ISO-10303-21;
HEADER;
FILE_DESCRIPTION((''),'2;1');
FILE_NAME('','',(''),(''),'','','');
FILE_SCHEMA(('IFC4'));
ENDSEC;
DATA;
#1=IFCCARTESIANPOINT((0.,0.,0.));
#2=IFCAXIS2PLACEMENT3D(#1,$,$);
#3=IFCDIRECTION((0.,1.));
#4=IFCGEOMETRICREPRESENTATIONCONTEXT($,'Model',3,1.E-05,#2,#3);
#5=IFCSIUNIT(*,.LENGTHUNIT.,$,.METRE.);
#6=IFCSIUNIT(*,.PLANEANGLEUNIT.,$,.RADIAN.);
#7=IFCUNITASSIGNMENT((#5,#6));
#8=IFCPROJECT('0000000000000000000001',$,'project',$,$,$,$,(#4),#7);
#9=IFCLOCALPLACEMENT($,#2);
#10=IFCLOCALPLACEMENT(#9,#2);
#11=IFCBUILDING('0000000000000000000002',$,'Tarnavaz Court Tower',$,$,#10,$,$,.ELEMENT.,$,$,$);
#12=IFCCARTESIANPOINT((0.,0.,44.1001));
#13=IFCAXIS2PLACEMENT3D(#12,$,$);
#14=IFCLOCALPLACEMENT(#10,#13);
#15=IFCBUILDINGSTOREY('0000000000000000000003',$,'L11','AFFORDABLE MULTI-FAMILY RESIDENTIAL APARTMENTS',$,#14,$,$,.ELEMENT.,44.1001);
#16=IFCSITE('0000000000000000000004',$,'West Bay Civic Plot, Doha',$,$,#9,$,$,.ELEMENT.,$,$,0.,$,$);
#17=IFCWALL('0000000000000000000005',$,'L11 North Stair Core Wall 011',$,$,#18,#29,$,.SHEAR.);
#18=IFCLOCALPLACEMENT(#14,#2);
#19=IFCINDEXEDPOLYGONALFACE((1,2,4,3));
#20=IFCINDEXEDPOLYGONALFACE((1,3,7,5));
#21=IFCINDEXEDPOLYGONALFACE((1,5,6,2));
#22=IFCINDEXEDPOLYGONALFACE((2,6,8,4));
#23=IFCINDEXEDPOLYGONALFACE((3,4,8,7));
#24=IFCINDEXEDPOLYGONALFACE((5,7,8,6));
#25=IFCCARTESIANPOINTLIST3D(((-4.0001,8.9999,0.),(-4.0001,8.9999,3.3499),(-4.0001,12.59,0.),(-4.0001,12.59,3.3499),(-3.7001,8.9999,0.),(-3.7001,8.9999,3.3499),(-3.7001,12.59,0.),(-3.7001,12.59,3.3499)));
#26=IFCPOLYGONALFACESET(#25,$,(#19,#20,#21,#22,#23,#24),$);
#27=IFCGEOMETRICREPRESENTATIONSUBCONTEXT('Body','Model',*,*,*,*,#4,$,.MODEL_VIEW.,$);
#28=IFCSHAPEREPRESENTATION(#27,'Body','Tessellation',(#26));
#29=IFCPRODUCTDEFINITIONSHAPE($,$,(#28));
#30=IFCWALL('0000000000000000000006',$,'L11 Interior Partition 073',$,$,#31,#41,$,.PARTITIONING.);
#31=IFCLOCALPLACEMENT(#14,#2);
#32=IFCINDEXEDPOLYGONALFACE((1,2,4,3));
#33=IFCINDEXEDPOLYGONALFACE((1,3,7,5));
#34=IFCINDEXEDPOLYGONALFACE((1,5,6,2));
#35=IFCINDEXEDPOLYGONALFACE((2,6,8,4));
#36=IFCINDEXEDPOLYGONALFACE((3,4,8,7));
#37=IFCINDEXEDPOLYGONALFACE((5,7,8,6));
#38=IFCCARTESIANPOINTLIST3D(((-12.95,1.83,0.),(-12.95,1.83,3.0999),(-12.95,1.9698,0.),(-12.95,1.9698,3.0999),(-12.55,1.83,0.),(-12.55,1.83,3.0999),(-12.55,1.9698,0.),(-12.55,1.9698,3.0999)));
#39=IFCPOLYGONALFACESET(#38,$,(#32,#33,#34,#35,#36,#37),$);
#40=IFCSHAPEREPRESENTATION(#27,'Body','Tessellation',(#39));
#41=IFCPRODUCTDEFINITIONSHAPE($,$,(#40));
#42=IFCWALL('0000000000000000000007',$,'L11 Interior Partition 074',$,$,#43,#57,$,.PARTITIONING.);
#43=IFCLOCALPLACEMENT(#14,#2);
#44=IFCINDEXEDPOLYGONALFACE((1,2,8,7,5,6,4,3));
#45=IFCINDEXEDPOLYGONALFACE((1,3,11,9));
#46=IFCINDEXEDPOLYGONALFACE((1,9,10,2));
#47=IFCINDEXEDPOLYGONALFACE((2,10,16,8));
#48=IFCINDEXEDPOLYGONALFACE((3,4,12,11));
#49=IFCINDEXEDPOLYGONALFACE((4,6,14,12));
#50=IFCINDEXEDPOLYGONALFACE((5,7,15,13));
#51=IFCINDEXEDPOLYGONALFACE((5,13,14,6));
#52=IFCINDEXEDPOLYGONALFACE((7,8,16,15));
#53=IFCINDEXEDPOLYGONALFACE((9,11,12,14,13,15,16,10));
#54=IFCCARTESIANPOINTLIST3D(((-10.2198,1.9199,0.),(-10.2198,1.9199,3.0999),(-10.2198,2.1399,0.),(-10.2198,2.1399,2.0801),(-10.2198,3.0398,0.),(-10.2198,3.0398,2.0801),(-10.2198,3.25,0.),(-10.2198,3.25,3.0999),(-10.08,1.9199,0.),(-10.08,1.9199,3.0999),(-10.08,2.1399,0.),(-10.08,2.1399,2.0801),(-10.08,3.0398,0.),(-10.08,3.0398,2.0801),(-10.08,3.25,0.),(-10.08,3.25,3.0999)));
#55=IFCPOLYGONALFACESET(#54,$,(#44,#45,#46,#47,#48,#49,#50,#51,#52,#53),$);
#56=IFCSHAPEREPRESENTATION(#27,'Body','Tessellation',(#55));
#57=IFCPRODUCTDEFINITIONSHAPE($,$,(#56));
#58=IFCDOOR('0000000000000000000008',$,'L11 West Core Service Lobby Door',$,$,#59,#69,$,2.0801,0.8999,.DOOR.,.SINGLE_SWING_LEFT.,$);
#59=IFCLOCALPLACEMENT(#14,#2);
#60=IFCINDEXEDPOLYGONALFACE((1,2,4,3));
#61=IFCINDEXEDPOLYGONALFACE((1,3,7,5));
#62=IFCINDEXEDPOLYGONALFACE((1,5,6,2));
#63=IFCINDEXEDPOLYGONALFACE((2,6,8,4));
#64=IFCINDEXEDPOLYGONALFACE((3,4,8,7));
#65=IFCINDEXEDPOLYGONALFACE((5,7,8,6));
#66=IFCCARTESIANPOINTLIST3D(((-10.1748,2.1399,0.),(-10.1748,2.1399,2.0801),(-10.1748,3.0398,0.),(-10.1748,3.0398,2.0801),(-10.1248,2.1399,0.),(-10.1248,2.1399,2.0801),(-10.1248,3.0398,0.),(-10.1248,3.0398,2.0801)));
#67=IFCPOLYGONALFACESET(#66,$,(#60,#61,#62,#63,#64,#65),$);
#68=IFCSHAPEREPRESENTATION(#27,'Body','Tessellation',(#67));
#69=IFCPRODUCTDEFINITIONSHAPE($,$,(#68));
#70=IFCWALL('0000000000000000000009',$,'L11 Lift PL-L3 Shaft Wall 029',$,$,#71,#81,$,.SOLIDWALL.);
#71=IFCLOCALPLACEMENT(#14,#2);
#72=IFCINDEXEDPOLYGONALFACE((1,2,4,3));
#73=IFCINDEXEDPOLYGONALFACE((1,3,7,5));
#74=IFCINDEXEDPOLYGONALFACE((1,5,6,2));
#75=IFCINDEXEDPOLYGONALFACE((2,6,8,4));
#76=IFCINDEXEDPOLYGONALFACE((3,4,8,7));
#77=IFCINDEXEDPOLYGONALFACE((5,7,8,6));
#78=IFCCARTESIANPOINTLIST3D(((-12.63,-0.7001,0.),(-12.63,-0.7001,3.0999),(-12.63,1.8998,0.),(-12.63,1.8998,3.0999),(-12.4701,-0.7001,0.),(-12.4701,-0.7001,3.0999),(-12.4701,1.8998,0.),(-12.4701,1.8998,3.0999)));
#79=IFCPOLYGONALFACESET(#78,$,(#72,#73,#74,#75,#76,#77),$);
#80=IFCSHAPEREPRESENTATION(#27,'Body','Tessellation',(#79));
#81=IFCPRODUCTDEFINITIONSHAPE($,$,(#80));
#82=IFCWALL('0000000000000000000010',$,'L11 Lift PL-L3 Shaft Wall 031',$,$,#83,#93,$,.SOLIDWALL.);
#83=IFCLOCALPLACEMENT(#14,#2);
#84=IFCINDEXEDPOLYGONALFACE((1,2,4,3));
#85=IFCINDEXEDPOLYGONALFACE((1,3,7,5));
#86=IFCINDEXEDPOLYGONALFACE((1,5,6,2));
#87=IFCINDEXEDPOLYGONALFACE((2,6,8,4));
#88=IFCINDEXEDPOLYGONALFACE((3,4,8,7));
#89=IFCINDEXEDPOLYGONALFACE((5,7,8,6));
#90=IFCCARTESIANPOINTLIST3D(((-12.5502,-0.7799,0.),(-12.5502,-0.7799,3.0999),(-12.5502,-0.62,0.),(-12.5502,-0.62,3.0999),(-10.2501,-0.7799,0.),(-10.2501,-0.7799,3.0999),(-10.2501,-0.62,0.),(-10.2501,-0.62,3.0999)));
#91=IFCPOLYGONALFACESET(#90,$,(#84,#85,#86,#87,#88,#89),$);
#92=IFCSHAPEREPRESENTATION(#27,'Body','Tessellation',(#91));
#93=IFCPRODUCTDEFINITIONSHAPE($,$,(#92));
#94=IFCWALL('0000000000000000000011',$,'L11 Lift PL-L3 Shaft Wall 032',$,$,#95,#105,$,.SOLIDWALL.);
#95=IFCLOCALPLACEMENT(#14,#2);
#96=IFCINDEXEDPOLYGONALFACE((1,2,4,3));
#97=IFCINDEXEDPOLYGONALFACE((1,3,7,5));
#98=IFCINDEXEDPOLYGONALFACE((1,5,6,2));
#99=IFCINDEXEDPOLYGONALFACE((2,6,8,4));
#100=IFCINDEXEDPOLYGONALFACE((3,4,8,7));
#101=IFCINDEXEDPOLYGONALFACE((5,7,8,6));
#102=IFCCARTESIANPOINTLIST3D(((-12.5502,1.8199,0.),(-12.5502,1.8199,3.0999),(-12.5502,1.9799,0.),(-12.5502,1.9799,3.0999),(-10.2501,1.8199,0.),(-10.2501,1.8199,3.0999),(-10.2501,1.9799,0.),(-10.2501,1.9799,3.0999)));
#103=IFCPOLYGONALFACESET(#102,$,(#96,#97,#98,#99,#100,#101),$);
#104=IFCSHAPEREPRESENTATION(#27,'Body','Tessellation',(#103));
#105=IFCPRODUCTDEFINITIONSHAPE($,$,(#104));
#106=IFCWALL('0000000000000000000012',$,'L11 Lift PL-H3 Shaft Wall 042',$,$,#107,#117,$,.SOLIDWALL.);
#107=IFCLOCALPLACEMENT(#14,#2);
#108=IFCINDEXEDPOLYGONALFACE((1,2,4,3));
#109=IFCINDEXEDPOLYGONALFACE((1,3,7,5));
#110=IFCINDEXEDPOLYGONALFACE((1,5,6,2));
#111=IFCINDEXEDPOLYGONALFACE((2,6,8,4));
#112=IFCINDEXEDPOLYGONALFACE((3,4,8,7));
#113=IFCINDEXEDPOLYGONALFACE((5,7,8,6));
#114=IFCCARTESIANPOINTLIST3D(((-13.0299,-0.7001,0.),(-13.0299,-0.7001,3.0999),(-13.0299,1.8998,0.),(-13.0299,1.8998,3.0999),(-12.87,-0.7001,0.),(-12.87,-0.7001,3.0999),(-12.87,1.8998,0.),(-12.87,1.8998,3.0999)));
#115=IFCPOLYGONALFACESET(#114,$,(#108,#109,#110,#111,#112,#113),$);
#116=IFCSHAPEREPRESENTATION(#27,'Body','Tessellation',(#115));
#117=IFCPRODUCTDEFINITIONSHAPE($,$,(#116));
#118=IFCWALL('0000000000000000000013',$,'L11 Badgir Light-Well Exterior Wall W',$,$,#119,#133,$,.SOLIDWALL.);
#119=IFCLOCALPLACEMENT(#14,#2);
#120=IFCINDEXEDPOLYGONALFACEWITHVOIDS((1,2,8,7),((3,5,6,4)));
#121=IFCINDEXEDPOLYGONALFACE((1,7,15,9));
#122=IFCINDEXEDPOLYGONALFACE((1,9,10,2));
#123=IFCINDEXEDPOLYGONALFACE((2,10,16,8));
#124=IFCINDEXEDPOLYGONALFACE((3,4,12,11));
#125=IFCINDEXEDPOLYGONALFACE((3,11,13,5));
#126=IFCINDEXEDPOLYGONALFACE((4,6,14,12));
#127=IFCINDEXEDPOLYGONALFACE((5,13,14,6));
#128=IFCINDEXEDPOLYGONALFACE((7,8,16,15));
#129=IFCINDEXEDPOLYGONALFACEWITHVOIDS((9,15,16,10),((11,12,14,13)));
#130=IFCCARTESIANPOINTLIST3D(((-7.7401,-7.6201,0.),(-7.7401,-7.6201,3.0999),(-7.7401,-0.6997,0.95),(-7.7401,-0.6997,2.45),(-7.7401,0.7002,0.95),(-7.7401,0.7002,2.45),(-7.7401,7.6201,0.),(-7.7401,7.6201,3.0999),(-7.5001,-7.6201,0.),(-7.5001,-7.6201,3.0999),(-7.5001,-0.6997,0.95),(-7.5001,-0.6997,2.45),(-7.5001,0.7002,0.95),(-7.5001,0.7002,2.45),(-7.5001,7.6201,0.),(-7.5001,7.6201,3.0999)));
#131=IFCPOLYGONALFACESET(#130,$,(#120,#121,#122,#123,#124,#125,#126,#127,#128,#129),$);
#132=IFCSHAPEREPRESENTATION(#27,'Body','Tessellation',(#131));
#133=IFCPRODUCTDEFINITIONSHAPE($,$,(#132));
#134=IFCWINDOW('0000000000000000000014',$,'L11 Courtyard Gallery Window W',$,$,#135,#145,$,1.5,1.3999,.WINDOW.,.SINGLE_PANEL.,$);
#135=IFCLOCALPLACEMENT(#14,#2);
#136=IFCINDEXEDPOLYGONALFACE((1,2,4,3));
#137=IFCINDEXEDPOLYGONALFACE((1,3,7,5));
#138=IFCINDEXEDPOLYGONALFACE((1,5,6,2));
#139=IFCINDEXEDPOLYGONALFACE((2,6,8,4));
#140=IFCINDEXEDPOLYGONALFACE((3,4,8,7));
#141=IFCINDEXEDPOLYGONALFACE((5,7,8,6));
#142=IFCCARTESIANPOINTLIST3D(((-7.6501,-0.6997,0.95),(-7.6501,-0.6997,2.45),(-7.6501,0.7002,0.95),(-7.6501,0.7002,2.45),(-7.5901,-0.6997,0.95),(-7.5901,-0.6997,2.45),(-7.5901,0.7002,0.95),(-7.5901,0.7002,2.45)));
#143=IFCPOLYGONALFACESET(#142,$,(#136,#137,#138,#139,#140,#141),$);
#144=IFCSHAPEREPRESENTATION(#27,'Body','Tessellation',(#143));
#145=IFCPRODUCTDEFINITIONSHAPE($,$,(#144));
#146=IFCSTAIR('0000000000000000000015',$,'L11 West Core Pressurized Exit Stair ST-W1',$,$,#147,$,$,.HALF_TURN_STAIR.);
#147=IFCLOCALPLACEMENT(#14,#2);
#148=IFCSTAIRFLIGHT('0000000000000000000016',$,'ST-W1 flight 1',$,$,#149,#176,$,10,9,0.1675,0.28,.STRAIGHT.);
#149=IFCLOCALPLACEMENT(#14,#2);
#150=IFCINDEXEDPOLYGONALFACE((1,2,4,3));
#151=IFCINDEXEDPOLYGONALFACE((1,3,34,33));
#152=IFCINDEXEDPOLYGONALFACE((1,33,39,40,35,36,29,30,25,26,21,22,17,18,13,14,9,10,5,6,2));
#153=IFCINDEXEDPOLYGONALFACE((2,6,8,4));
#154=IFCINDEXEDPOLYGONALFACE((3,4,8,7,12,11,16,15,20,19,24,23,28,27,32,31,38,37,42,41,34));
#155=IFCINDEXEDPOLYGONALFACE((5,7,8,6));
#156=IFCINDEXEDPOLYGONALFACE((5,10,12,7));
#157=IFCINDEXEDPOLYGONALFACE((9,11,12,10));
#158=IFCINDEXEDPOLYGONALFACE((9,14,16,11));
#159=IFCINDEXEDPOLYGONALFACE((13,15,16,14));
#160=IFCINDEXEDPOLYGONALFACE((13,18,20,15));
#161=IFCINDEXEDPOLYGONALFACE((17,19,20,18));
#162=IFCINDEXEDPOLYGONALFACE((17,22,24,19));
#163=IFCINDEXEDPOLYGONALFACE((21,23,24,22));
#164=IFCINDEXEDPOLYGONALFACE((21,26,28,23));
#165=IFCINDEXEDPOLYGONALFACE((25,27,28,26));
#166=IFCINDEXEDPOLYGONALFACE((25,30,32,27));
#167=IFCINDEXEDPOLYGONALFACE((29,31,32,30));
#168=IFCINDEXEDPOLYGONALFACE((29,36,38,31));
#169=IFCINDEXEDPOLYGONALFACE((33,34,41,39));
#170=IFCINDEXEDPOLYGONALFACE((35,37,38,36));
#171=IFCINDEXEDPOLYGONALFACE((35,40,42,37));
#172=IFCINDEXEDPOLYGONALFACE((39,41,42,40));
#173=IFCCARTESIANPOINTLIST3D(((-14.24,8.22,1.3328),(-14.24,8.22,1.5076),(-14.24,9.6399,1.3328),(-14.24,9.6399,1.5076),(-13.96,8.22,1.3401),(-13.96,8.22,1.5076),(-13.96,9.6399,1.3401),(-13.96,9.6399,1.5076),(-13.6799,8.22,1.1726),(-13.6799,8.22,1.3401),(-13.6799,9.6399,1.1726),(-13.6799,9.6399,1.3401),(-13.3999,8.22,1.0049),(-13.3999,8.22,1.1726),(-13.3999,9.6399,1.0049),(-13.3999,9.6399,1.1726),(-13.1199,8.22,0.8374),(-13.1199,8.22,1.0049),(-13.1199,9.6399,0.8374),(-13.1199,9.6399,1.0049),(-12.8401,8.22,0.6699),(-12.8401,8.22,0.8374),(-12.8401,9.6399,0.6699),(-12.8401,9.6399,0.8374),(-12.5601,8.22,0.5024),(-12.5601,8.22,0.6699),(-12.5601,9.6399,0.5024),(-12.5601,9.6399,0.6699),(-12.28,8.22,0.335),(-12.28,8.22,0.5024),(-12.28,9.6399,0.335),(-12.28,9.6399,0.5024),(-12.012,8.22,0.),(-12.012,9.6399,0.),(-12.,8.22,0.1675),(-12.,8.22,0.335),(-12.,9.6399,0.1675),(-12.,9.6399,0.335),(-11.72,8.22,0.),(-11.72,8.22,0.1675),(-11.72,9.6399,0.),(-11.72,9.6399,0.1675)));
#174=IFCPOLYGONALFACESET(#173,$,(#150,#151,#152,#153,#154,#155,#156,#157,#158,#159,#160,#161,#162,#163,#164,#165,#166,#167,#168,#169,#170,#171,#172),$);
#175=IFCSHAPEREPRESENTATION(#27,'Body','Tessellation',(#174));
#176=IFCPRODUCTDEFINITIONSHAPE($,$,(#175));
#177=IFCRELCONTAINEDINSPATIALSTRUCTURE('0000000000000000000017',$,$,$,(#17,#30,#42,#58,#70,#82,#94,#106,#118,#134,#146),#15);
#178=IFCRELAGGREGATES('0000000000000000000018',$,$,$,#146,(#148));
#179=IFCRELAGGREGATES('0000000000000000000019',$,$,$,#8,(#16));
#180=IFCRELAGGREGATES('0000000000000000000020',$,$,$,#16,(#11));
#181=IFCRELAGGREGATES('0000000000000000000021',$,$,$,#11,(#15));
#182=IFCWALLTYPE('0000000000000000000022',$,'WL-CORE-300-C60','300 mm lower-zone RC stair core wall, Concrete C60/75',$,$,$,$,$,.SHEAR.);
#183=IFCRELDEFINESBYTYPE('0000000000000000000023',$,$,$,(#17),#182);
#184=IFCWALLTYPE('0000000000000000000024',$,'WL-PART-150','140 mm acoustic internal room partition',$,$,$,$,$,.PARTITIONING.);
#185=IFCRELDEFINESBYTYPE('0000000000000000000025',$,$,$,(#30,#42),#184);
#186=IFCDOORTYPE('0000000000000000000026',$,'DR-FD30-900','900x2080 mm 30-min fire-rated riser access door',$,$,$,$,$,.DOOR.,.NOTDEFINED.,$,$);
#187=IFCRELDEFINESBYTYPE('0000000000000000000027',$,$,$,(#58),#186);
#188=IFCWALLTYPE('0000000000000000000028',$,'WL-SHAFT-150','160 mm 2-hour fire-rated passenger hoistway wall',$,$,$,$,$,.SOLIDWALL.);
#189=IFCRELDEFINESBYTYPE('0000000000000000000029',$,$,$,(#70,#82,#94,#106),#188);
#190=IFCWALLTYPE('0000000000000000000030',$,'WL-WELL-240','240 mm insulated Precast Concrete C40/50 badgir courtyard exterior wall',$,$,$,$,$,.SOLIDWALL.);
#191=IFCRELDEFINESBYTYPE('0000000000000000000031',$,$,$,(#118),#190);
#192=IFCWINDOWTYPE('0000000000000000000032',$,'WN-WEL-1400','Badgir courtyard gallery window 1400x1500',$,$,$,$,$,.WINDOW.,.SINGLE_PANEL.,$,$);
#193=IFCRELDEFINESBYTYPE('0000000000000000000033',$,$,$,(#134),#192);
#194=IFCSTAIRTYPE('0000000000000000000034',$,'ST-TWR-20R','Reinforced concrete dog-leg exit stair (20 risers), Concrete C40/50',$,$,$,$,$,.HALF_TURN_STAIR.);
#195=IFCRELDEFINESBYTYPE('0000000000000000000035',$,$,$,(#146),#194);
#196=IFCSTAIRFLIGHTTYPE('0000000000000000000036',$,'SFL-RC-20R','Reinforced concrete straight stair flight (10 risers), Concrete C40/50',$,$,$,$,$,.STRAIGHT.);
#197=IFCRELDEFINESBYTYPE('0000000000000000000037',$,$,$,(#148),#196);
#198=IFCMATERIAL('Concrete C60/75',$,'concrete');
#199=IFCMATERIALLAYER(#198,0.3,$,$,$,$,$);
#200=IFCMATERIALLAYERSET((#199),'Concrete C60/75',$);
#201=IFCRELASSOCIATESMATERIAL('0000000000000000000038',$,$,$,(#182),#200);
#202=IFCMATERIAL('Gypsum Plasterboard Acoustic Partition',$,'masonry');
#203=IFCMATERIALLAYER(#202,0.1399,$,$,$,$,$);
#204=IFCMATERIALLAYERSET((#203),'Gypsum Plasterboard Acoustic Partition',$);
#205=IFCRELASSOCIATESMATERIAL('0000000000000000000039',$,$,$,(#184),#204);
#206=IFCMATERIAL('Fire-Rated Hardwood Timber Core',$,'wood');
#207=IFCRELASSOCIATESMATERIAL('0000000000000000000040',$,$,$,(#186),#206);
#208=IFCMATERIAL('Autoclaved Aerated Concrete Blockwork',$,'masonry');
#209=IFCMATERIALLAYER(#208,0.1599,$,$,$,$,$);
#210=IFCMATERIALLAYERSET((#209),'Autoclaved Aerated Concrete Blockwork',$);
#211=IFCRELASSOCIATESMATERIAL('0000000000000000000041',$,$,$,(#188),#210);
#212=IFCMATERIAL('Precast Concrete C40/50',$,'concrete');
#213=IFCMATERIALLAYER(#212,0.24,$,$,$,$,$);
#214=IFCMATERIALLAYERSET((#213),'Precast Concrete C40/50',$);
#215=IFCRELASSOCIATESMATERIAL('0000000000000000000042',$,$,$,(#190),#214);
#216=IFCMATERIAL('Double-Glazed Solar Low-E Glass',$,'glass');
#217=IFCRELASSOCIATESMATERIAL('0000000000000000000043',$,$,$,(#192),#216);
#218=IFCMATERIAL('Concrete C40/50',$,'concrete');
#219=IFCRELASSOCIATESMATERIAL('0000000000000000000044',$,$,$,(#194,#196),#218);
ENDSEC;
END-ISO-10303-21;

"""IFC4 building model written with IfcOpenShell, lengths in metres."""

from ifc_helpers import new_model, si_unit, direction, frame, frame_2d, origin, place, context, subcontext, project, spatial, polyline, rectangle, outline, extrude, material, layer, layer_set, type_object, element, fill, aggregate, save


model = new_model("IFC4")

# Units and contexts
model_context = context("Model", 3, precision=1e-05, world=origin(), true_north=direction((0.0, 1.0)))
body_context = subcontext(model_context, "Body", "Model", "MODEL_VIEW")
ifc_project = project(units=[si_unit("LENGTHUNIT", "METRE"), si_unit("PLANEANGLEUNIT", "RADIAN")], contexts=[model_context])

# Site, building, storey
site_placement = place(None, origin())
site = spatial("IfcSite", under=ifc_project, at=site_placement, Name="West Bay Civic Plot, Doha", CompositionType="ELEMENT", RefElevation=0.0)
building_placement = place(site_placement, origin())
building = spatial("IfcBuilding", under=site, at=building_placement, Name="Tarnavaz Court Tower", CompositionType="ELEMENT")
storey_placement = place(building_placement, frame((0.0, 0.0, 44.1001)))
storey = spatial("IfcBuildingStorey", under=building, at=storey_placement, Name="L11", Description="AFFORDABLE MULTI-FAMILY RESIDENTIAL APARTMENTS", CompositionType="ELEMENT", Elevation=44.1001)

# Shared definitions
ifc_material_1 = material(Name="Concrete C60/75", Category="concrete")

# Shared definitions
ifc_layer_1 = layer(ifc_material_1, 0.3)
ifc_layer_set_1 = layer_set([ifc_layer_1], Name="Concrete C60/75")
wall_type_1 = type_object("IfcWallType", Name="WL-CORE-300-C60", Description="300 mm lower-zone RC stair core wall, Concrete C60/75", PredefinedType="SHEAR", material=ifc_layer_set_1)

# Shared definitions
ifc_material_2 = material(Name="Fire-Rated Hardwood Timber Core", Category="wood")

# Wall
wall_1_placement = place(storey_placement, frame((-3.8501, 9.0, 0.0), z_axis=(0.0, 0.0, 1.0), x_axis=(0.0, 1.0, 0.0)))
element("IfcWall", 1, at=wall_1_placement, inside=storey, type_object=wall_type_1, Name="L11 North Stair Core Wall 011", PredefinedType="SHEAR", context=body_context, shape_type="SweptSolid", body=[
    extrude(rectangle(XDim=3.5901, YDim=0.3, at=frame_2d((1.7949, 0.0))), origin(), (0.0, 0.0, 1.0), 3.3499),
])

# Shared definitions
ifc_material_3 = material(Name="Autoclaved Aerated Concrete Blockwork", Category="masonry")

# Wall
ifc_material_4 = material(Name="Gypsum Plasterboard Acoustic Partition", Category="masonry")
ifc_layer_2 = layer(ifc_material_4, 0.1399)
ifc_layer_set_2 = layer_set([ifc_layer_2], Name="Gypsum Plasterboard Acoustic Partition")
wall_type_2 = type_object("IfcWallType", Name="WL-PART-150", Description="140 mm acoustic internal room partition", PredefinedType="PARTITIONING", material=ifc_layer_set_2)
wall_2_placement = place(storey_placement, frame((-12.95, 1.8999, 0.0), z_axis=(0.0, 0.0, 1.0), x_axis=(1.0, 0.0, 0.0)))
element("IfcWall", 2, at=wall_2_placement, inside=storey, type_object=wall_type_2, Name="L11 Interior Partition 073", PredefinedType="PARTITIONING", context=body_context, shape_type="SweptSolid", body=[
    extrude(rectangle(XDim=0.3999, YDim=0.1399, at=frame_2d((0.2, 0.0))), origin(), (0.0, 0.0, 1.0), 3.0999),
])

# Wall, opening, door
wall_3_placement = place(storey_placement, frame((-10.1499, 1.9199, 0.0), z_axis=(0.0, 0.0, 1.0), x_axis=(0.0, 1.0, 0.0)))
wall_3 = element("IfcWall", 3, at=wall_3_placement, inside=storey, type_object=wall_type_2, Name="L11 Interior Partition 074", PredefinedType="PARTITIONING", context=body_context, shape_type="SweptSolid", body=[
    extrude(rectangle(XDim=1.3301, YDim=0.1399, at=frame_2d((0.665, 0.0))), origin(), (0.0, 0.0, 1.0), 3.0999),
])
opening_1_placement = place(wall_3_placement, frame((0.22, 0.0, 0.0)))
opening_1 = element("IfcOpeningElement", 4, at=opening_1_placement, cuts=wall_3, PredefinedType="OPENING", context=body_context, shape_type="SweptSolid", body=[
    extrude(rectangle(XDim=0.8999, YDim=2.0801, at=frame_2d((0.45, 1.04))), frame((0.0, 0.0798, 0.0), z_axis=(0.0, -1.0, 0.0), x_axis=(1.0, 0.0, 0.0)), (0.0, 0.0, 1.0), 0.1599),
])
door_type_1 = type_object("IfcDoorType", Name="DR-FD30-900", Description="900x2080 mm 30-min fire-rated riser access door", OperationType="NOTDEFINED", PredefinedType="DOOR", material=ifc_material_2)
door_1_placement = place(opening_1_placement, origin())
door_1 = element("IfcDoor", 5, at=door_1_placement, inside=storey, type_object=door_type_1, Name="L11 West Core Service Lobby Door", OperationType="SINGLE_SWING_LEFT", OverallHeight=2.0801, OverallWidth=0.8999, PredefinedType="DOOR", context=body_context, shape_type="SweptSolid", body=[
    extrude(rectangle(XDim=0.8999, YDim=2.0801, at=frame_2d((0.45, 1.04))), frame((0.0, 0.0249, 0.0), z_axis=(0.0, -1.0, 0.0), x_axis=(1.0, 0.0, 0.0)), (0.0, 0.0, 1.0), 0.05),
])
fill(opening_1, door_1)

# Wall
ifc_layer_3 = layer(ifc_material_3, 0.1599)
ifc_layer_set_3 = layer_set([ifc_layer_3], Name="Autoclaved Aerated Concrete Blockwork")
wall_type_3 = type_object("IfcWallType", Name="WL-SHAFT-150", Description="160 mm 2-hour fire-rated passenger hoistway wall", PredefinedType="SOLIDWALL", material=ifc_layer_set_3)
wall_4_placement = place(storey_placement, frame((-12.55, -0.7, 0.0), z_axis=(0.0, 0.0, 1.0), x_axis=(0.0, 1.0, 0.0)))
element("IfcWall", 6, at=wall_4_placement, inside=storey, type_object=wall_type_3, Name="L11 Lift PL-L3 Shaft Wall 029", PredefinedType="SOLIDWALL", context=body_context, shape_type="SweptSolid", body=[
    extrude(rectangle(XDim=2.5999, YDim=0.1599, at=frame_2d((1.2998, 0.0))), origin(), (0.0, 0.0, 1.0), 3.0999),
])

# Walls
for number, where, z_axis, x_axis, name in (
    (7, (-12.55, -0.7, 0.0), (0.0, 0.0, 1.0), (1.0, 0.0, 0.0), "L11 Lift PL-L3 Shaft Wall 031"),
    (8, (-12.55, 1.8999, 0.0), (0.0, 0.0, 1.0), (1.0, 0.0, 0.0), "L11 Lift PL-L3 Shaft Wall 032"),
):
    element("IfcWall", number, at=place(storey_placement, frame(where, z_axis=z_axis, x_axis=x_axis)), inside=storey, type_object=wall_type_3, Name=name, PredefinedType="SOLIDWALL", context=body_context, shape_type="SweptSolid", body=[
        extrude(rectangle(XDim=2.3, YDim=0.1599, at=frame_2d((1.1499, 0.0))), origin(), (0.0, 0.0, 1.0), 3.0999),
    ])
wall_5_placement = place(storey_placement, frame((-12.95, -0.7, 0.0), z_axis=(0.0, 0.0, 1.0), x_axis=(0.0, 1.0, 0.0)))
element("IfcWall", 9, at=wall_5_placement, inside=storey, type_object=wall_type_3, Name="L11 Lift PL-H3 Shaft Wall 042", PredefinedType="SOLIDWALL", context=body_context, shape_type="SweptSolid", body=[
    extrude(rectangle(XDim=2.5999, YDim=0.1599, at=frame_2d((1.2998, 0.0))), origin(), (0.0, 0.0, 1.0), 3.0999),
])

# Wall, opening, window
ifc_material_5 = material(Name="Precast Concrete C40/50", Category="concrete")
ifc_layer_4 = layer(ifc_material_5, 0.24)
ifc_layer_set_4 = layer_set([ifc_layer_4], Name="Precast Concrete C40/50")
wall_type_4 = type_object("IfcWallType", Name="WL-WELL-240", Description="240 mm insulated Precast Concrete C40/50 badgir courtyard exterior wall", PredefinedType="SOLIDWALL", material=ifc_layer_set_4)
wall_6_placement = place(storey_placement, frame((-7.6201, 7.6201, 0.0), z_axis=(0.0, 0.0, 1.0), x_axis=(0.0, -1.0, 0.0)))
wall_6 = element("IfcWall", 10, at=wall_6_placement, inside=storey, type_object=wall_type_4, Name="L11 Badgir Light-Well Exterior Wall W", PredefinedType="SOLIDWALL", context=body_context, shape_type="SweptSolid", body=[
    extrude(rectangle(XDim=15.2402, YDim=0.24, at=frame_2d((7.6201, 0.0))), origin(), (0.0, 0.0, 1.0), 3.0999),
])
opening_2_placement = place(wall_6_placement, frame((6.9199, 0.0, 0.95)))
opening_2 = element("IfcOpeningElement", 11, at=opening_2_placement, cuts=wall_6, PredefinedType="OPENING", context=body_context, shape_type="SweptSolid", body=[
    extrude(rectangle(XDim=1.3999, YDim=1.5, at=frame_2d((0.7, 0.75))), frame((0.0, 0.1299, 0.0), z_axis=(0.0, -1.0, 0.0), x_axis=(1.0, 0.0, 0.0)), (0.0, 0.0, 1.0), 0.26),
])
ifc_material_6 = material(Name="Double-Glazed Solar Low-E Glass", Category="glass")
window_type = type_object("IfcWindowType", Name="WN-WEL-1400", Description="Badgir courtyard gallery window 1400x1500", PartitioningType="SINGLE_PANEL", PredefinedType="WINDOW", material=ifc_material_6)
window_placement = place(opening_2_placement, origin())
window = element("IfcWindow", 12, at=window_placement, inside=storey, type_object=window_type, Name="L11 Courtyard Gallery Window W", OverallHeight=1.5, OverallWidth=1.3999, PartitioningType="SINGLE_PANEL", PredefinedType="WINDOW", context=body_context, shape_type="SweptSolid", body=[
    extrude(rectangle(XDim=1.3999, YDim=1.5, at=frame_2d((0.7, 0.75))), frame((0.0, 0.03, 0.0), z_axis=(0.0, -1.0, 0.0), x_axis=(1.0, 0.0, 0.0)), (0.0, 0.0, 1.0), 0.0601),
])
fill(opening_2, window)

# Stair, stair flight
ifc_material_7 = material(Name="Concrete C40/50", Category="concrete")
stair_type = type_object("IfcStairType", Name="ST-TWR-20R", Description="Reinforced concrete dog-leg exit stair (20 risers), Concrete C40/50", PredefinedType="HALF_TURN_STAIR", material=ifc_material_7)
stair_1_placement = place(storey_placement, origin())
stair_1 = element("IfcStair", 13, at=stair_1_placement, inside=storey, type_object=stair_type, Name="L11 West Core Pressurized Exit Stair ST-W1", PredefinedType="HALF_TURN_STAIR")
stair_flight_type = type_object("IfcStairFlightType", Name="SFL-RC-20R", Description="Reinforced concrete straight stair flight (10 risers), Concrete C40/50", PredefinedType="STRAIGHT", material=ifc_material_7)
stair_flight_1_placement = place(storey_placement, frame((-11.72, 8.9299, 0.0), z_axis=(0.0, 0.0, 1.0), x_axis=(-1.0, 0.0, 0.0)))
stair_flight_1 = element("IfcStairFlight", 14, at=stair_flight_1_placement, type_object=stair_flight_type, Name="ST-W1 flight 1", NumberOfRisers=10, NumberOfTreads=9, PredefinedType="STRAIGHT", RiserHeight=0.1675, TreadLength=0.28, context=body_context, shape_type="SweptSolid", body=[
    extrude(outline(polyline([(0.0, 0.0), (0.0, 0.1675), (0.28, 0.1675), (0.28, 0.335), (0.5601, 0.335), (0.5601, 0.5024), (0.8401, 0.5024), (0.8401, 0.6699), (1.1201, 0.6699), (1.1201, 0.8374), (1.3999, 0.8374), (1.3999, 1.0049), (1.6799, 1.0049), (1.6799, 1.1726), (1.96, 1.1726), (1.96, 1.3401), (2.24, 1.3401), (2.24, 1.5076), (2.52, 1.5076), (2.52, 1.675), (2.52, 1.3328), (0.292, 0.0), (0.0, 0.0)])), frame((0.0, 0.71, 0.0), z_axis=(0.0, -1.0, 0.0), x_axis=(1.0, 0.0, 0.0)), (0.0, 0.0, 1.0), 1.4199),
])
aggregate(stair_1, [stair_flight_1])

save(model, "model.ifc")
